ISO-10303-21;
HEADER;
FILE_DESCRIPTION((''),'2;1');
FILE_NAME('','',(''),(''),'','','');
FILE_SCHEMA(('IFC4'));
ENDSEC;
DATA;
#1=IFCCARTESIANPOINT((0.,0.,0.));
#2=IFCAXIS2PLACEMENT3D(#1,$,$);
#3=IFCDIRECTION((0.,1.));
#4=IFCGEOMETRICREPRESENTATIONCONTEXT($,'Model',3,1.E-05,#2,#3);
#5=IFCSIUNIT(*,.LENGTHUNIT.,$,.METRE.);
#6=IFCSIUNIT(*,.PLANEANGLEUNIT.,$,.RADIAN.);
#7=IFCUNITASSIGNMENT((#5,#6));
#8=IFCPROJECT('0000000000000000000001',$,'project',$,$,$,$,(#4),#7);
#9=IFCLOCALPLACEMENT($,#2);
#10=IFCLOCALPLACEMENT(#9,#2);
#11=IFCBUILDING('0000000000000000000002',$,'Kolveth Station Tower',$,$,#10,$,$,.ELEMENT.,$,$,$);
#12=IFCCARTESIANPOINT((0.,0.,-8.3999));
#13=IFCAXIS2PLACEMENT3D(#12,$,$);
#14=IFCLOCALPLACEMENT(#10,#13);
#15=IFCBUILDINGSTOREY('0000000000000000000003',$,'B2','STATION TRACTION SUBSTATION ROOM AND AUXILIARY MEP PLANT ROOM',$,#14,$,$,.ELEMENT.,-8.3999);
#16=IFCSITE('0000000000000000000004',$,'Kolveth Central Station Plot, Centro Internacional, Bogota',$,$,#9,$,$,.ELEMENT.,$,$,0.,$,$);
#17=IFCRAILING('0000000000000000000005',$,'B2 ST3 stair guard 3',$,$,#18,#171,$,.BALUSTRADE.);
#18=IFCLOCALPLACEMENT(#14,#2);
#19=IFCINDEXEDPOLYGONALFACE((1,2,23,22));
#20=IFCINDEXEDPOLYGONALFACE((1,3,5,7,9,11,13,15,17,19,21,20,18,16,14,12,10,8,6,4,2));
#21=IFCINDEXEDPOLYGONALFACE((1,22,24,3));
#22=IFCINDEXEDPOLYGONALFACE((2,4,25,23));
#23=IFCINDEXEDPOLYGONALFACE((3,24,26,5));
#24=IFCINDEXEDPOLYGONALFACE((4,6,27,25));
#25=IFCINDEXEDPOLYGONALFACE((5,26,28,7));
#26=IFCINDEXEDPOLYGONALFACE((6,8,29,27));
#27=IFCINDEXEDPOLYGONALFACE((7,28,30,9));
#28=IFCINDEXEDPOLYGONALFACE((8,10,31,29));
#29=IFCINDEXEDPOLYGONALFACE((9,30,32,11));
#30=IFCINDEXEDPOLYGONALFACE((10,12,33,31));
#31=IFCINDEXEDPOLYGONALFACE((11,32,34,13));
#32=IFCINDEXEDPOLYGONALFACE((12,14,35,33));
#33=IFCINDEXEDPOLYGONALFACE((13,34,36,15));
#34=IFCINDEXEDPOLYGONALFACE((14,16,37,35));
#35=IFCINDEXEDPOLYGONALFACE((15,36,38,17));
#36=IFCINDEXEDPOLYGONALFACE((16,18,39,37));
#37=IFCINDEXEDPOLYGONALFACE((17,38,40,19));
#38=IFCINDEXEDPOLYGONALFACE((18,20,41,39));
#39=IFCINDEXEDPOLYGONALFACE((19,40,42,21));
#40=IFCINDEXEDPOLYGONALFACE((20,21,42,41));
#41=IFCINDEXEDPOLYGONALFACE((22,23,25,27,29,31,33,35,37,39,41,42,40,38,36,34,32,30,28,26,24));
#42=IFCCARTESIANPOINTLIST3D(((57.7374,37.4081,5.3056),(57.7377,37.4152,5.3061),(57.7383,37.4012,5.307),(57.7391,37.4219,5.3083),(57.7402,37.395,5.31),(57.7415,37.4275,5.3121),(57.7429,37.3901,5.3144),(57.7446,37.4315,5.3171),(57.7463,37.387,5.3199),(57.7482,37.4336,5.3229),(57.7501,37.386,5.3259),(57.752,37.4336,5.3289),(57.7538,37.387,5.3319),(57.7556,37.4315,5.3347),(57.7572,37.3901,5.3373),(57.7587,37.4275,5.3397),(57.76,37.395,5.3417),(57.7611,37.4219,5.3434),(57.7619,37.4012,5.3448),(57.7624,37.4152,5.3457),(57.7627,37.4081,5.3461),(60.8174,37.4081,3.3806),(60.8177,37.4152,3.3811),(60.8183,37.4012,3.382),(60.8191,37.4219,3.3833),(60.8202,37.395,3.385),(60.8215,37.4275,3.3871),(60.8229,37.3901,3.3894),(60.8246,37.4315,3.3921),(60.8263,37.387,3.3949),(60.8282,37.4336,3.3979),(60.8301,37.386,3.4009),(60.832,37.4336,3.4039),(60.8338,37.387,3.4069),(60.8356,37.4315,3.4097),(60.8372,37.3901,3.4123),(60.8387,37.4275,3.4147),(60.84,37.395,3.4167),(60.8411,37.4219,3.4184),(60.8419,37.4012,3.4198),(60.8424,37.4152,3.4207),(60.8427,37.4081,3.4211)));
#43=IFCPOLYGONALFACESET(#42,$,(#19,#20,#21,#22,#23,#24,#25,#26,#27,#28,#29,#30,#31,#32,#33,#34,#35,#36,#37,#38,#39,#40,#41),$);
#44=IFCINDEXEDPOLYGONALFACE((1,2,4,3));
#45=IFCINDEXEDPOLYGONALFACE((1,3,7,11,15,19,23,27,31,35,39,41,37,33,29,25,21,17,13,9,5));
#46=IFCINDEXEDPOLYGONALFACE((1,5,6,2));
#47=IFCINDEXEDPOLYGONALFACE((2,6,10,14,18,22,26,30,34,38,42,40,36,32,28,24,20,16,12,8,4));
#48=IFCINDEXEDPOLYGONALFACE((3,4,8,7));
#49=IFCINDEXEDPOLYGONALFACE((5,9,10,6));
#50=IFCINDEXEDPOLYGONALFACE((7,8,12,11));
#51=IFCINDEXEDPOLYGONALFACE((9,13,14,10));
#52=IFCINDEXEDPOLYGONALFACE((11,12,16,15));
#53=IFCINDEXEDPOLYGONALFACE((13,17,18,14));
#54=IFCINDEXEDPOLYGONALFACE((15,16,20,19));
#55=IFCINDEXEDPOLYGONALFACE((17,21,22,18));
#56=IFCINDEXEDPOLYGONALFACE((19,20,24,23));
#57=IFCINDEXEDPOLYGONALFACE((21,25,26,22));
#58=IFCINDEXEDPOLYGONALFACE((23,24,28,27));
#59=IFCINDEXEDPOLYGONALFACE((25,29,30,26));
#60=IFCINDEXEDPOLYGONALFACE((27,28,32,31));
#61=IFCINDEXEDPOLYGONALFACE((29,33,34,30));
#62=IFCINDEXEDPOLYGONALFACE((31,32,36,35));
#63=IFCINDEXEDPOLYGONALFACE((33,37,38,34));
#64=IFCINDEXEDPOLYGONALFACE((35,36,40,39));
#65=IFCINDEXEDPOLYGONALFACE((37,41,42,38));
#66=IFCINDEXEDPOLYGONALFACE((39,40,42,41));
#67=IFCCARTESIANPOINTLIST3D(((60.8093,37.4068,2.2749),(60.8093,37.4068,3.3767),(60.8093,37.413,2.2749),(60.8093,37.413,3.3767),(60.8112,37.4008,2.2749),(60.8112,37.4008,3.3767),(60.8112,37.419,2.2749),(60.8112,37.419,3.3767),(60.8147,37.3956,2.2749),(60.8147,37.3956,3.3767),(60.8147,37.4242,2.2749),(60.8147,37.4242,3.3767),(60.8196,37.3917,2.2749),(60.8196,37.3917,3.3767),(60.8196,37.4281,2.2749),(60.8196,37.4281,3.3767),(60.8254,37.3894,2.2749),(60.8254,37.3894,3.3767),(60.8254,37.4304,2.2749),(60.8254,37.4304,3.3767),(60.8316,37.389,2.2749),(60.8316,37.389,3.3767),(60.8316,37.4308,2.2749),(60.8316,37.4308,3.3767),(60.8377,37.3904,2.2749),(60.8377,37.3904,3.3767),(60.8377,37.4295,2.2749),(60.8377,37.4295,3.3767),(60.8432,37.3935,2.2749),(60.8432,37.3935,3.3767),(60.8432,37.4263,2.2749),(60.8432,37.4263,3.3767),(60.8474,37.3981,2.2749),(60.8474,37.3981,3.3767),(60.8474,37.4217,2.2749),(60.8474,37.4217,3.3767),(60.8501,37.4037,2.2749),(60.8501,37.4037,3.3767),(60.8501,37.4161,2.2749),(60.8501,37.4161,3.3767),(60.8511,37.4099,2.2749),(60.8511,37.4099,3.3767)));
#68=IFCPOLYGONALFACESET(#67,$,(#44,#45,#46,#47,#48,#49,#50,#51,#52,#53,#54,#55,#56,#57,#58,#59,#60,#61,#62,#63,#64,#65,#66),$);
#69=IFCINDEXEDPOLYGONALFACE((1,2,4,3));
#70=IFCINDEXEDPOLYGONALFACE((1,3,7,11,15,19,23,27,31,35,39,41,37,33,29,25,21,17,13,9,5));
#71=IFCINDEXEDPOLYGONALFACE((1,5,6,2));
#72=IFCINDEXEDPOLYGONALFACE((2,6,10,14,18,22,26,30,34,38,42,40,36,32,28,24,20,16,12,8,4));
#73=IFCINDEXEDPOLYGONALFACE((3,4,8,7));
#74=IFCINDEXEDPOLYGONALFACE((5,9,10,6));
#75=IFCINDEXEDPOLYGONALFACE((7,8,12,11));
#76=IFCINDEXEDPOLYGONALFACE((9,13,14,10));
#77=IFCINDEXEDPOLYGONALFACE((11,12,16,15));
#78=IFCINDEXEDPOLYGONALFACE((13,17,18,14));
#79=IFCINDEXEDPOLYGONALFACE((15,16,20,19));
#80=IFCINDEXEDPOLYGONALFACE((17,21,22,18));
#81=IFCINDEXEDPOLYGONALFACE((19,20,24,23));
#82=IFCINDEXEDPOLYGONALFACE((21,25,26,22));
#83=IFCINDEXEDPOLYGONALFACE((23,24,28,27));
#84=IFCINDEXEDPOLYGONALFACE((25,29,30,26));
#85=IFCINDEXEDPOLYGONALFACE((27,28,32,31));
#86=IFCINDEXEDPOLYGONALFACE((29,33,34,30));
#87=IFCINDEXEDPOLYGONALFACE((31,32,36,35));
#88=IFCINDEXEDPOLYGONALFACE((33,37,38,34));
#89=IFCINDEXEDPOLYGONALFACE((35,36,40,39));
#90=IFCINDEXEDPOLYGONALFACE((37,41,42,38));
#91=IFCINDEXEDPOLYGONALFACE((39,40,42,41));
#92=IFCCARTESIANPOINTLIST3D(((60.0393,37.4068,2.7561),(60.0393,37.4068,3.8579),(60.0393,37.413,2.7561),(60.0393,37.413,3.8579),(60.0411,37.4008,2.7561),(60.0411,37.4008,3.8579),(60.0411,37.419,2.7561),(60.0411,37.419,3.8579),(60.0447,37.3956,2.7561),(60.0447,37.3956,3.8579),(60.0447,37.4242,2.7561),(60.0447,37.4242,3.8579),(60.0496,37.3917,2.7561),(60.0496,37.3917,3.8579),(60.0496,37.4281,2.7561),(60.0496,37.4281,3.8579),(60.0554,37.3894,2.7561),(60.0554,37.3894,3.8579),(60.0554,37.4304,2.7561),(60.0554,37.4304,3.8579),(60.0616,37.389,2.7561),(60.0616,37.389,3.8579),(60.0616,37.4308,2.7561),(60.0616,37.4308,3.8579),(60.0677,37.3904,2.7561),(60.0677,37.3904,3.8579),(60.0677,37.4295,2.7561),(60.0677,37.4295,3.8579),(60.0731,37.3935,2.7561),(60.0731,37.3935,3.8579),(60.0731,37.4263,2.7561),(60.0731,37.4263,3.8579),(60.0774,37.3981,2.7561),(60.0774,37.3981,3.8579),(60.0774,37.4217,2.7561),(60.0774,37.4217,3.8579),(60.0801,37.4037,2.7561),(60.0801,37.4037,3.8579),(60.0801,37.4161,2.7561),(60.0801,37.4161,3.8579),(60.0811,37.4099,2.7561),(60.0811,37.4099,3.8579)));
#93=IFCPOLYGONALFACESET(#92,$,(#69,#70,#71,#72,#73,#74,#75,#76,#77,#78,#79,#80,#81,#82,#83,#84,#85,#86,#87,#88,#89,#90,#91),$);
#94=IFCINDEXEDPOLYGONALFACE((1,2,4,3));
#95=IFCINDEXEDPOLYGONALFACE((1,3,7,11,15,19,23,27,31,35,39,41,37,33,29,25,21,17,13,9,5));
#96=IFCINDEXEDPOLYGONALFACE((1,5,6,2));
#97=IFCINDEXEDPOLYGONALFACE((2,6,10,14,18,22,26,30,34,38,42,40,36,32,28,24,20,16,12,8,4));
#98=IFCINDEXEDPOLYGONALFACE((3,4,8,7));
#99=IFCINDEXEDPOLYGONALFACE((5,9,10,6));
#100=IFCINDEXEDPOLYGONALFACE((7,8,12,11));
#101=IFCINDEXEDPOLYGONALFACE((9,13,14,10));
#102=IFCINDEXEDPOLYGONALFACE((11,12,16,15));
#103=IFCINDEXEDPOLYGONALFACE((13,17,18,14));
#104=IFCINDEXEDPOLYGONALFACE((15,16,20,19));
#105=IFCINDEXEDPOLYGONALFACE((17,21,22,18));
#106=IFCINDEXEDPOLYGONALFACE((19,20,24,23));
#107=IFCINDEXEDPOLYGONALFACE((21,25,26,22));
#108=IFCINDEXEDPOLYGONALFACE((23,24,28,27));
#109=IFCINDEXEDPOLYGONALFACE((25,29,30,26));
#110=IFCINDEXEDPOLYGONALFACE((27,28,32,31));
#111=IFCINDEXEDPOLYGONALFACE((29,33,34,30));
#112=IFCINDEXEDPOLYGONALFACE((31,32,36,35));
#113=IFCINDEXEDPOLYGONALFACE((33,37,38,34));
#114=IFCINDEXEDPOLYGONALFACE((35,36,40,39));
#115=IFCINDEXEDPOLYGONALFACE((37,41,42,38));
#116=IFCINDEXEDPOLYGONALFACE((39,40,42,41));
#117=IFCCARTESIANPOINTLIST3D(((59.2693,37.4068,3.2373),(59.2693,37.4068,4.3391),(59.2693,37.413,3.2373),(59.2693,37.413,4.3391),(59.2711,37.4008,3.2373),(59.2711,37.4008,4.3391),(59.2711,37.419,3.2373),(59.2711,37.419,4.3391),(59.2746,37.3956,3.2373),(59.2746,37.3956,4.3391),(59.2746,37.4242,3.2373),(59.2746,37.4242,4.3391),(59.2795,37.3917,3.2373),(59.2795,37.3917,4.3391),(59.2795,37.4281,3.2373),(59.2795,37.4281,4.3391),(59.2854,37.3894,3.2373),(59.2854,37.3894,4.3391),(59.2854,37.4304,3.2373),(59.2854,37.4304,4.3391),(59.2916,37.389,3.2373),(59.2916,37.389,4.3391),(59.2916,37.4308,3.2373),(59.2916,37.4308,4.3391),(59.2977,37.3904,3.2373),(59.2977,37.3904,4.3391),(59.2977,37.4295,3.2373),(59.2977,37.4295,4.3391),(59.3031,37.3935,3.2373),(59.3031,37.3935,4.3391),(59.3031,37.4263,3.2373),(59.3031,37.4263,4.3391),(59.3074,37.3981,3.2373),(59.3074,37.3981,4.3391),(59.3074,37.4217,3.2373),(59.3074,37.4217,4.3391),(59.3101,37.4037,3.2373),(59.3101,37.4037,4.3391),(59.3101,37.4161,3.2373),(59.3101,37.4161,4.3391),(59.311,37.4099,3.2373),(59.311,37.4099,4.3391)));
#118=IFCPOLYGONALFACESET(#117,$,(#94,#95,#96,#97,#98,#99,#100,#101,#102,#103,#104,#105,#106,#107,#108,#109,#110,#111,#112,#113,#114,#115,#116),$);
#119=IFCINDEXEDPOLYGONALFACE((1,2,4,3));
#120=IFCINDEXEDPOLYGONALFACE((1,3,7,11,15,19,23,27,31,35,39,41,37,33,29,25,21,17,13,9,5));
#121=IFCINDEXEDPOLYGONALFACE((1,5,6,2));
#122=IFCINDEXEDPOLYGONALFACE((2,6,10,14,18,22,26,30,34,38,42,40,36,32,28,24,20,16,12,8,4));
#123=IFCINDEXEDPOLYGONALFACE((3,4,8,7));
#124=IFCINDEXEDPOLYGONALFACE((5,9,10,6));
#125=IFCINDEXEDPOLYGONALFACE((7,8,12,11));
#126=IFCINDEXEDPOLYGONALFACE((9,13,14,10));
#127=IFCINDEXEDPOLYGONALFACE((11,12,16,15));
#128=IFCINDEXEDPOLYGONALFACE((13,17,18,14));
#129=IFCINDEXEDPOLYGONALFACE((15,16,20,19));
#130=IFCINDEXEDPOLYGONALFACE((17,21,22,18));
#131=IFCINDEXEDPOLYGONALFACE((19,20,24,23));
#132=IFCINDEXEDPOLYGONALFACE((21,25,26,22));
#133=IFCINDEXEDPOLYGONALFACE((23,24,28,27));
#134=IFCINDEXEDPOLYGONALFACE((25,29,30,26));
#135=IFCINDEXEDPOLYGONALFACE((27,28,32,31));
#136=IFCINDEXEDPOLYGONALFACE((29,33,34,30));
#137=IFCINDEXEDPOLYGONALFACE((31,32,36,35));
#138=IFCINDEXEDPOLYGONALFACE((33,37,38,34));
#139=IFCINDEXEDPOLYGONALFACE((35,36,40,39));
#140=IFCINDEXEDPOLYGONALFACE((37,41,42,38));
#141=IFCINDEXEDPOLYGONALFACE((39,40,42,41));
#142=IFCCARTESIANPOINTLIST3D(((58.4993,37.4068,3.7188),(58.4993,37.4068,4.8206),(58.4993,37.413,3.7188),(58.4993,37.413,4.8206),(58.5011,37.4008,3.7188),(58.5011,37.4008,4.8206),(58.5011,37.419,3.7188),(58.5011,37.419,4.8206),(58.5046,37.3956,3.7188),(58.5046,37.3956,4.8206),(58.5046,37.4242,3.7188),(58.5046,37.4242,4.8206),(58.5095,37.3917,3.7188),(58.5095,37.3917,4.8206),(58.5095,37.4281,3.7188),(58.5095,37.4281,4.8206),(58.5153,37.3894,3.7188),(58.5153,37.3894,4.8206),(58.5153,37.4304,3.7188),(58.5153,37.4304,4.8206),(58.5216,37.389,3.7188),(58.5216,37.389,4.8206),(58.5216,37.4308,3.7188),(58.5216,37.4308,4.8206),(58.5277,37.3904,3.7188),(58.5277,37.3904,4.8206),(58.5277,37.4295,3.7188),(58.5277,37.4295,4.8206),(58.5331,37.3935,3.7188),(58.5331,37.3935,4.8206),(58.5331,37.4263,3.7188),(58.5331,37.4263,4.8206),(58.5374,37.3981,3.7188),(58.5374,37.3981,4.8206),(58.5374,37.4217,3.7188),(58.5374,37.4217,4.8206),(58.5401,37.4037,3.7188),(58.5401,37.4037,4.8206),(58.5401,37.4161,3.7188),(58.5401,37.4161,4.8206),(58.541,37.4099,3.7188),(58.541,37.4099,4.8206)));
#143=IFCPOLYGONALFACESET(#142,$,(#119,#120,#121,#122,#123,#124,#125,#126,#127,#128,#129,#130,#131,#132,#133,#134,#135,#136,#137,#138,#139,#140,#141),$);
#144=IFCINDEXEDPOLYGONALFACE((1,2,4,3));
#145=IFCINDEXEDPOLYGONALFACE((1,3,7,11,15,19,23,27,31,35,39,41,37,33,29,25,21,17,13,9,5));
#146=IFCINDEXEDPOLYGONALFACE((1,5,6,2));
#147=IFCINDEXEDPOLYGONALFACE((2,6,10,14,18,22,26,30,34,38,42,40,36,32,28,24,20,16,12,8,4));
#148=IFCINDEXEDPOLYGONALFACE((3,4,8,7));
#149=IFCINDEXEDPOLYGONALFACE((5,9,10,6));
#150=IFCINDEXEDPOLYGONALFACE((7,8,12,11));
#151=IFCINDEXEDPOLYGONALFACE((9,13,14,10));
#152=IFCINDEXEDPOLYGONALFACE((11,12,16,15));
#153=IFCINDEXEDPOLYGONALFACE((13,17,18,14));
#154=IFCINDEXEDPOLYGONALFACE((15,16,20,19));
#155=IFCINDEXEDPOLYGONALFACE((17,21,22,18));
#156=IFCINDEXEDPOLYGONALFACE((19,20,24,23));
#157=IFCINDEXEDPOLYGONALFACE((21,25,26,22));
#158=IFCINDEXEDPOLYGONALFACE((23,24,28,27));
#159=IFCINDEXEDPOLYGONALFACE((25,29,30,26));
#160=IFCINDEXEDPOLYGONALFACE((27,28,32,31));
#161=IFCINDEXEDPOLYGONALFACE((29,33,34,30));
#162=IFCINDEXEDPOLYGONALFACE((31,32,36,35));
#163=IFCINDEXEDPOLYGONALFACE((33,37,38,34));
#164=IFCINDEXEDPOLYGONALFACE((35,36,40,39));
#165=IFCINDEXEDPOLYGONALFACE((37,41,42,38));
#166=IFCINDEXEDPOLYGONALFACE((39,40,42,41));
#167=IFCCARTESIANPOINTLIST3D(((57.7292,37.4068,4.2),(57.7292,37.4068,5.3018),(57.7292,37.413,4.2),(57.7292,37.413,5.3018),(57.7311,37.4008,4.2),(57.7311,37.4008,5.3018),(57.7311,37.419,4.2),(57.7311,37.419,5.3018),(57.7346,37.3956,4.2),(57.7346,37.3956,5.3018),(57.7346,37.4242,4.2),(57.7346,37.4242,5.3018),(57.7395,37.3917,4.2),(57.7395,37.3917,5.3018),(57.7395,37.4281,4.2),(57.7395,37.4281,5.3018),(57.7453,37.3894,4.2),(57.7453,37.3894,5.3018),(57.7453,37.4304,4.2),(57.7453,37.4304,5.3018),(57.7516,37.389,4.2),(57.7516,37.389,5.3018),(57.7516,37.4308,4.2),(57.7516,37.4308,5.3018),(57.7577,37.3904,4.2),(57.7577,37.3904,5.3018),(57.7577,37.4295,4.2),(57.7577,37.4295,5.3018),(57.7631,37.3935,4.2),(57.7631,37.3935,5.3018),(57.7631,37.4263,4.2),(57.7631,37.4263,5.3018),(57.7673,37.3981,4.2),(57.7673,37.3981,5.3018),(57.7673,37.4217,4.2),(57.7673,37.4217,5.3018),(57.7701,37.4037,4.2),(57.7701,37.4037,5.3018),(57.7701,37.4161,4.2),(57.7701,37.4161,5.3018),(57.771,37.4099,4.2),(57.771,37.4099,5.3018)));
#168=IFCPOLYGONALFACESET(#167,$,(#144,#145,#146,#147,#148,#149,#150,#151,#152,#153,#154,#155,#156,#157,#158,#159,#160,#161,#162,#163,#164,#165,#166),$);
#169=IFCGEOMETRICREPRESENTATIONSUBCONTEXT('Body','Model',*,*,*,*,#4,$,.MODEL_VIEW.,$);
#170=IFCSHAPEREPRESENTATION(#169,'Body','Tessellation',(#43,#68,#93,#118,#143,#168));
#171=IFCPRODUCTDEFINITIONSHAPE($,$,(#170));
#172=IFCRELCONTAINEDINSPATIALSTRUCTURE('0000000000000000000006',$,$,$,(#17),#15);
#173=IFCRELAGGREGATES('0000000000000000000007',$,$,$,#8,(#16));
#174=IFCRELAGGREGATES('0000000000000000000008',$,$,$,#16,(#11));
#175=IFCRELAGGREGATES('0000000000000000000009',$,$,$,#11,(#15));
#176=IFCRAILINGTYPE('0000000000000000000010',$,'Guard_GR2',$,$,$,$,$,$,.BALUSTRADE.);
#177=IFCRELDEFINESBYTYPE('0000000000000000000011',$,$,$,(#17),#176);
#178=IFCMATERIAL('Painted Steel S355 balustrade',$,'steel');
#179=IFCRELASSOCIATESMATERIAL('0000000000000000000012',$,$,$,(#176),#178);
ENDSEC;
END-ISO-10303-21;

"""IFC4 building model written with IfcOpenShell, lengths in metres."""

from ifc_helpers import new_model, si_unit, direction, frame, origin, origin_2d, place, context, subcontext, project, spatial, circle, extrude, material, type_object, element, save


model = new_model("IFC4")

# Units and contexts
model_context = context("Model", 3, precision=1e-05, world=origin(), true_north=direction((0.0, 1.0)))
body_context = subcontext(model_context, "Body", "Model", "MODEL_VIEW")
ifc_project = project(units=[si_unit("LENGTHUNIT", "METRE"), si_unit("PLANEANGLEUNIT", "RADIAN")], contexts=[model_context])

# Site, building, storey
site_placement = place(None, origin())
site = spatial("IfcSite", under=ifc_project, at=site_placement, Name="Kolveth Central Station Plot, Centro Internacional, Bogota", CompositionType="ELEMENT", RefElevation=0.0)
building_placement = place(site_placement, origin())
building = spatial("IfcBuilding", under=site, at=building_placement, Name="Kolveth Station Tower", CompositionType="ELEMENT")
storey_placement = place(building_placement, frame((0.0, 0.0, -8.3999)))
storey = spatial("IfcBuildingStorey", under=building, at=storey_placement, Name="B2", Description="STATION TRACTION SUBSTATION ROOM AND AUXILIARY MEP PLANT ROOM", CompositionType="ELEMENT", Elevation=-8.3999)

# Railing
ifc_material_1 = material(Name="Painted Steel S355 balustrade", Category="steel")
railing_type_1 = type_object("IfcRailingType", Name="Guard_GR2", PredefinedType="BALUSTRADE", material=ifc_material_1)
railing_1_placement = place(storey_placement, frame((60.8301, 37.4099, 2.2749)))
element("IfcRailing", 1, at=railing_1_placement, inside=storey, type_object=railing_type_1, Name="B2 ST3 stair guard 3", PredefinedType="BALUSTRADE", context=body_context, shape_type="SweptSolid", body=[
    extrude(circle(Radius=0.0239, at=origin_2d()), frame((0.0, 0.0, 1.126), z_axis=(-0.847998, 0.0, 0.529999), x_axis=(0.0, -1.0, 0.0)), (0.0, 0.0, 1.0), 3.6321),
    extrude(circle(Radius=0.021, at=origin_2d()), origin(), (0.0, 0.0, 1.0), 1.1018),
    extrude(circle(Radius=0.021, at=origin_2d()), frame((-0.77, 0.0, 0.4812)), (0.0, 0.0, 1.0), 1.1018),
    extrude(circle(Radius=0.021, at=origin_2d()), frame((-1.54, 0.0, 0.9624)), (0.0, 0.0, 1.0), 1.1018),
    extrude(circle(Radius=0.021, at=origin_2d()), frame((-2.3101, 0.0, 1.4438)), (0.0, 0.0, 1.0), 1.1018),
    extrude(circle(Radius=0.021, at=origin_2d()), frame((-3.0801, 0.0, 1.925)), (0.0, 0.0, 1.0), 1.1018),
])

save(model, "model.ifc")
